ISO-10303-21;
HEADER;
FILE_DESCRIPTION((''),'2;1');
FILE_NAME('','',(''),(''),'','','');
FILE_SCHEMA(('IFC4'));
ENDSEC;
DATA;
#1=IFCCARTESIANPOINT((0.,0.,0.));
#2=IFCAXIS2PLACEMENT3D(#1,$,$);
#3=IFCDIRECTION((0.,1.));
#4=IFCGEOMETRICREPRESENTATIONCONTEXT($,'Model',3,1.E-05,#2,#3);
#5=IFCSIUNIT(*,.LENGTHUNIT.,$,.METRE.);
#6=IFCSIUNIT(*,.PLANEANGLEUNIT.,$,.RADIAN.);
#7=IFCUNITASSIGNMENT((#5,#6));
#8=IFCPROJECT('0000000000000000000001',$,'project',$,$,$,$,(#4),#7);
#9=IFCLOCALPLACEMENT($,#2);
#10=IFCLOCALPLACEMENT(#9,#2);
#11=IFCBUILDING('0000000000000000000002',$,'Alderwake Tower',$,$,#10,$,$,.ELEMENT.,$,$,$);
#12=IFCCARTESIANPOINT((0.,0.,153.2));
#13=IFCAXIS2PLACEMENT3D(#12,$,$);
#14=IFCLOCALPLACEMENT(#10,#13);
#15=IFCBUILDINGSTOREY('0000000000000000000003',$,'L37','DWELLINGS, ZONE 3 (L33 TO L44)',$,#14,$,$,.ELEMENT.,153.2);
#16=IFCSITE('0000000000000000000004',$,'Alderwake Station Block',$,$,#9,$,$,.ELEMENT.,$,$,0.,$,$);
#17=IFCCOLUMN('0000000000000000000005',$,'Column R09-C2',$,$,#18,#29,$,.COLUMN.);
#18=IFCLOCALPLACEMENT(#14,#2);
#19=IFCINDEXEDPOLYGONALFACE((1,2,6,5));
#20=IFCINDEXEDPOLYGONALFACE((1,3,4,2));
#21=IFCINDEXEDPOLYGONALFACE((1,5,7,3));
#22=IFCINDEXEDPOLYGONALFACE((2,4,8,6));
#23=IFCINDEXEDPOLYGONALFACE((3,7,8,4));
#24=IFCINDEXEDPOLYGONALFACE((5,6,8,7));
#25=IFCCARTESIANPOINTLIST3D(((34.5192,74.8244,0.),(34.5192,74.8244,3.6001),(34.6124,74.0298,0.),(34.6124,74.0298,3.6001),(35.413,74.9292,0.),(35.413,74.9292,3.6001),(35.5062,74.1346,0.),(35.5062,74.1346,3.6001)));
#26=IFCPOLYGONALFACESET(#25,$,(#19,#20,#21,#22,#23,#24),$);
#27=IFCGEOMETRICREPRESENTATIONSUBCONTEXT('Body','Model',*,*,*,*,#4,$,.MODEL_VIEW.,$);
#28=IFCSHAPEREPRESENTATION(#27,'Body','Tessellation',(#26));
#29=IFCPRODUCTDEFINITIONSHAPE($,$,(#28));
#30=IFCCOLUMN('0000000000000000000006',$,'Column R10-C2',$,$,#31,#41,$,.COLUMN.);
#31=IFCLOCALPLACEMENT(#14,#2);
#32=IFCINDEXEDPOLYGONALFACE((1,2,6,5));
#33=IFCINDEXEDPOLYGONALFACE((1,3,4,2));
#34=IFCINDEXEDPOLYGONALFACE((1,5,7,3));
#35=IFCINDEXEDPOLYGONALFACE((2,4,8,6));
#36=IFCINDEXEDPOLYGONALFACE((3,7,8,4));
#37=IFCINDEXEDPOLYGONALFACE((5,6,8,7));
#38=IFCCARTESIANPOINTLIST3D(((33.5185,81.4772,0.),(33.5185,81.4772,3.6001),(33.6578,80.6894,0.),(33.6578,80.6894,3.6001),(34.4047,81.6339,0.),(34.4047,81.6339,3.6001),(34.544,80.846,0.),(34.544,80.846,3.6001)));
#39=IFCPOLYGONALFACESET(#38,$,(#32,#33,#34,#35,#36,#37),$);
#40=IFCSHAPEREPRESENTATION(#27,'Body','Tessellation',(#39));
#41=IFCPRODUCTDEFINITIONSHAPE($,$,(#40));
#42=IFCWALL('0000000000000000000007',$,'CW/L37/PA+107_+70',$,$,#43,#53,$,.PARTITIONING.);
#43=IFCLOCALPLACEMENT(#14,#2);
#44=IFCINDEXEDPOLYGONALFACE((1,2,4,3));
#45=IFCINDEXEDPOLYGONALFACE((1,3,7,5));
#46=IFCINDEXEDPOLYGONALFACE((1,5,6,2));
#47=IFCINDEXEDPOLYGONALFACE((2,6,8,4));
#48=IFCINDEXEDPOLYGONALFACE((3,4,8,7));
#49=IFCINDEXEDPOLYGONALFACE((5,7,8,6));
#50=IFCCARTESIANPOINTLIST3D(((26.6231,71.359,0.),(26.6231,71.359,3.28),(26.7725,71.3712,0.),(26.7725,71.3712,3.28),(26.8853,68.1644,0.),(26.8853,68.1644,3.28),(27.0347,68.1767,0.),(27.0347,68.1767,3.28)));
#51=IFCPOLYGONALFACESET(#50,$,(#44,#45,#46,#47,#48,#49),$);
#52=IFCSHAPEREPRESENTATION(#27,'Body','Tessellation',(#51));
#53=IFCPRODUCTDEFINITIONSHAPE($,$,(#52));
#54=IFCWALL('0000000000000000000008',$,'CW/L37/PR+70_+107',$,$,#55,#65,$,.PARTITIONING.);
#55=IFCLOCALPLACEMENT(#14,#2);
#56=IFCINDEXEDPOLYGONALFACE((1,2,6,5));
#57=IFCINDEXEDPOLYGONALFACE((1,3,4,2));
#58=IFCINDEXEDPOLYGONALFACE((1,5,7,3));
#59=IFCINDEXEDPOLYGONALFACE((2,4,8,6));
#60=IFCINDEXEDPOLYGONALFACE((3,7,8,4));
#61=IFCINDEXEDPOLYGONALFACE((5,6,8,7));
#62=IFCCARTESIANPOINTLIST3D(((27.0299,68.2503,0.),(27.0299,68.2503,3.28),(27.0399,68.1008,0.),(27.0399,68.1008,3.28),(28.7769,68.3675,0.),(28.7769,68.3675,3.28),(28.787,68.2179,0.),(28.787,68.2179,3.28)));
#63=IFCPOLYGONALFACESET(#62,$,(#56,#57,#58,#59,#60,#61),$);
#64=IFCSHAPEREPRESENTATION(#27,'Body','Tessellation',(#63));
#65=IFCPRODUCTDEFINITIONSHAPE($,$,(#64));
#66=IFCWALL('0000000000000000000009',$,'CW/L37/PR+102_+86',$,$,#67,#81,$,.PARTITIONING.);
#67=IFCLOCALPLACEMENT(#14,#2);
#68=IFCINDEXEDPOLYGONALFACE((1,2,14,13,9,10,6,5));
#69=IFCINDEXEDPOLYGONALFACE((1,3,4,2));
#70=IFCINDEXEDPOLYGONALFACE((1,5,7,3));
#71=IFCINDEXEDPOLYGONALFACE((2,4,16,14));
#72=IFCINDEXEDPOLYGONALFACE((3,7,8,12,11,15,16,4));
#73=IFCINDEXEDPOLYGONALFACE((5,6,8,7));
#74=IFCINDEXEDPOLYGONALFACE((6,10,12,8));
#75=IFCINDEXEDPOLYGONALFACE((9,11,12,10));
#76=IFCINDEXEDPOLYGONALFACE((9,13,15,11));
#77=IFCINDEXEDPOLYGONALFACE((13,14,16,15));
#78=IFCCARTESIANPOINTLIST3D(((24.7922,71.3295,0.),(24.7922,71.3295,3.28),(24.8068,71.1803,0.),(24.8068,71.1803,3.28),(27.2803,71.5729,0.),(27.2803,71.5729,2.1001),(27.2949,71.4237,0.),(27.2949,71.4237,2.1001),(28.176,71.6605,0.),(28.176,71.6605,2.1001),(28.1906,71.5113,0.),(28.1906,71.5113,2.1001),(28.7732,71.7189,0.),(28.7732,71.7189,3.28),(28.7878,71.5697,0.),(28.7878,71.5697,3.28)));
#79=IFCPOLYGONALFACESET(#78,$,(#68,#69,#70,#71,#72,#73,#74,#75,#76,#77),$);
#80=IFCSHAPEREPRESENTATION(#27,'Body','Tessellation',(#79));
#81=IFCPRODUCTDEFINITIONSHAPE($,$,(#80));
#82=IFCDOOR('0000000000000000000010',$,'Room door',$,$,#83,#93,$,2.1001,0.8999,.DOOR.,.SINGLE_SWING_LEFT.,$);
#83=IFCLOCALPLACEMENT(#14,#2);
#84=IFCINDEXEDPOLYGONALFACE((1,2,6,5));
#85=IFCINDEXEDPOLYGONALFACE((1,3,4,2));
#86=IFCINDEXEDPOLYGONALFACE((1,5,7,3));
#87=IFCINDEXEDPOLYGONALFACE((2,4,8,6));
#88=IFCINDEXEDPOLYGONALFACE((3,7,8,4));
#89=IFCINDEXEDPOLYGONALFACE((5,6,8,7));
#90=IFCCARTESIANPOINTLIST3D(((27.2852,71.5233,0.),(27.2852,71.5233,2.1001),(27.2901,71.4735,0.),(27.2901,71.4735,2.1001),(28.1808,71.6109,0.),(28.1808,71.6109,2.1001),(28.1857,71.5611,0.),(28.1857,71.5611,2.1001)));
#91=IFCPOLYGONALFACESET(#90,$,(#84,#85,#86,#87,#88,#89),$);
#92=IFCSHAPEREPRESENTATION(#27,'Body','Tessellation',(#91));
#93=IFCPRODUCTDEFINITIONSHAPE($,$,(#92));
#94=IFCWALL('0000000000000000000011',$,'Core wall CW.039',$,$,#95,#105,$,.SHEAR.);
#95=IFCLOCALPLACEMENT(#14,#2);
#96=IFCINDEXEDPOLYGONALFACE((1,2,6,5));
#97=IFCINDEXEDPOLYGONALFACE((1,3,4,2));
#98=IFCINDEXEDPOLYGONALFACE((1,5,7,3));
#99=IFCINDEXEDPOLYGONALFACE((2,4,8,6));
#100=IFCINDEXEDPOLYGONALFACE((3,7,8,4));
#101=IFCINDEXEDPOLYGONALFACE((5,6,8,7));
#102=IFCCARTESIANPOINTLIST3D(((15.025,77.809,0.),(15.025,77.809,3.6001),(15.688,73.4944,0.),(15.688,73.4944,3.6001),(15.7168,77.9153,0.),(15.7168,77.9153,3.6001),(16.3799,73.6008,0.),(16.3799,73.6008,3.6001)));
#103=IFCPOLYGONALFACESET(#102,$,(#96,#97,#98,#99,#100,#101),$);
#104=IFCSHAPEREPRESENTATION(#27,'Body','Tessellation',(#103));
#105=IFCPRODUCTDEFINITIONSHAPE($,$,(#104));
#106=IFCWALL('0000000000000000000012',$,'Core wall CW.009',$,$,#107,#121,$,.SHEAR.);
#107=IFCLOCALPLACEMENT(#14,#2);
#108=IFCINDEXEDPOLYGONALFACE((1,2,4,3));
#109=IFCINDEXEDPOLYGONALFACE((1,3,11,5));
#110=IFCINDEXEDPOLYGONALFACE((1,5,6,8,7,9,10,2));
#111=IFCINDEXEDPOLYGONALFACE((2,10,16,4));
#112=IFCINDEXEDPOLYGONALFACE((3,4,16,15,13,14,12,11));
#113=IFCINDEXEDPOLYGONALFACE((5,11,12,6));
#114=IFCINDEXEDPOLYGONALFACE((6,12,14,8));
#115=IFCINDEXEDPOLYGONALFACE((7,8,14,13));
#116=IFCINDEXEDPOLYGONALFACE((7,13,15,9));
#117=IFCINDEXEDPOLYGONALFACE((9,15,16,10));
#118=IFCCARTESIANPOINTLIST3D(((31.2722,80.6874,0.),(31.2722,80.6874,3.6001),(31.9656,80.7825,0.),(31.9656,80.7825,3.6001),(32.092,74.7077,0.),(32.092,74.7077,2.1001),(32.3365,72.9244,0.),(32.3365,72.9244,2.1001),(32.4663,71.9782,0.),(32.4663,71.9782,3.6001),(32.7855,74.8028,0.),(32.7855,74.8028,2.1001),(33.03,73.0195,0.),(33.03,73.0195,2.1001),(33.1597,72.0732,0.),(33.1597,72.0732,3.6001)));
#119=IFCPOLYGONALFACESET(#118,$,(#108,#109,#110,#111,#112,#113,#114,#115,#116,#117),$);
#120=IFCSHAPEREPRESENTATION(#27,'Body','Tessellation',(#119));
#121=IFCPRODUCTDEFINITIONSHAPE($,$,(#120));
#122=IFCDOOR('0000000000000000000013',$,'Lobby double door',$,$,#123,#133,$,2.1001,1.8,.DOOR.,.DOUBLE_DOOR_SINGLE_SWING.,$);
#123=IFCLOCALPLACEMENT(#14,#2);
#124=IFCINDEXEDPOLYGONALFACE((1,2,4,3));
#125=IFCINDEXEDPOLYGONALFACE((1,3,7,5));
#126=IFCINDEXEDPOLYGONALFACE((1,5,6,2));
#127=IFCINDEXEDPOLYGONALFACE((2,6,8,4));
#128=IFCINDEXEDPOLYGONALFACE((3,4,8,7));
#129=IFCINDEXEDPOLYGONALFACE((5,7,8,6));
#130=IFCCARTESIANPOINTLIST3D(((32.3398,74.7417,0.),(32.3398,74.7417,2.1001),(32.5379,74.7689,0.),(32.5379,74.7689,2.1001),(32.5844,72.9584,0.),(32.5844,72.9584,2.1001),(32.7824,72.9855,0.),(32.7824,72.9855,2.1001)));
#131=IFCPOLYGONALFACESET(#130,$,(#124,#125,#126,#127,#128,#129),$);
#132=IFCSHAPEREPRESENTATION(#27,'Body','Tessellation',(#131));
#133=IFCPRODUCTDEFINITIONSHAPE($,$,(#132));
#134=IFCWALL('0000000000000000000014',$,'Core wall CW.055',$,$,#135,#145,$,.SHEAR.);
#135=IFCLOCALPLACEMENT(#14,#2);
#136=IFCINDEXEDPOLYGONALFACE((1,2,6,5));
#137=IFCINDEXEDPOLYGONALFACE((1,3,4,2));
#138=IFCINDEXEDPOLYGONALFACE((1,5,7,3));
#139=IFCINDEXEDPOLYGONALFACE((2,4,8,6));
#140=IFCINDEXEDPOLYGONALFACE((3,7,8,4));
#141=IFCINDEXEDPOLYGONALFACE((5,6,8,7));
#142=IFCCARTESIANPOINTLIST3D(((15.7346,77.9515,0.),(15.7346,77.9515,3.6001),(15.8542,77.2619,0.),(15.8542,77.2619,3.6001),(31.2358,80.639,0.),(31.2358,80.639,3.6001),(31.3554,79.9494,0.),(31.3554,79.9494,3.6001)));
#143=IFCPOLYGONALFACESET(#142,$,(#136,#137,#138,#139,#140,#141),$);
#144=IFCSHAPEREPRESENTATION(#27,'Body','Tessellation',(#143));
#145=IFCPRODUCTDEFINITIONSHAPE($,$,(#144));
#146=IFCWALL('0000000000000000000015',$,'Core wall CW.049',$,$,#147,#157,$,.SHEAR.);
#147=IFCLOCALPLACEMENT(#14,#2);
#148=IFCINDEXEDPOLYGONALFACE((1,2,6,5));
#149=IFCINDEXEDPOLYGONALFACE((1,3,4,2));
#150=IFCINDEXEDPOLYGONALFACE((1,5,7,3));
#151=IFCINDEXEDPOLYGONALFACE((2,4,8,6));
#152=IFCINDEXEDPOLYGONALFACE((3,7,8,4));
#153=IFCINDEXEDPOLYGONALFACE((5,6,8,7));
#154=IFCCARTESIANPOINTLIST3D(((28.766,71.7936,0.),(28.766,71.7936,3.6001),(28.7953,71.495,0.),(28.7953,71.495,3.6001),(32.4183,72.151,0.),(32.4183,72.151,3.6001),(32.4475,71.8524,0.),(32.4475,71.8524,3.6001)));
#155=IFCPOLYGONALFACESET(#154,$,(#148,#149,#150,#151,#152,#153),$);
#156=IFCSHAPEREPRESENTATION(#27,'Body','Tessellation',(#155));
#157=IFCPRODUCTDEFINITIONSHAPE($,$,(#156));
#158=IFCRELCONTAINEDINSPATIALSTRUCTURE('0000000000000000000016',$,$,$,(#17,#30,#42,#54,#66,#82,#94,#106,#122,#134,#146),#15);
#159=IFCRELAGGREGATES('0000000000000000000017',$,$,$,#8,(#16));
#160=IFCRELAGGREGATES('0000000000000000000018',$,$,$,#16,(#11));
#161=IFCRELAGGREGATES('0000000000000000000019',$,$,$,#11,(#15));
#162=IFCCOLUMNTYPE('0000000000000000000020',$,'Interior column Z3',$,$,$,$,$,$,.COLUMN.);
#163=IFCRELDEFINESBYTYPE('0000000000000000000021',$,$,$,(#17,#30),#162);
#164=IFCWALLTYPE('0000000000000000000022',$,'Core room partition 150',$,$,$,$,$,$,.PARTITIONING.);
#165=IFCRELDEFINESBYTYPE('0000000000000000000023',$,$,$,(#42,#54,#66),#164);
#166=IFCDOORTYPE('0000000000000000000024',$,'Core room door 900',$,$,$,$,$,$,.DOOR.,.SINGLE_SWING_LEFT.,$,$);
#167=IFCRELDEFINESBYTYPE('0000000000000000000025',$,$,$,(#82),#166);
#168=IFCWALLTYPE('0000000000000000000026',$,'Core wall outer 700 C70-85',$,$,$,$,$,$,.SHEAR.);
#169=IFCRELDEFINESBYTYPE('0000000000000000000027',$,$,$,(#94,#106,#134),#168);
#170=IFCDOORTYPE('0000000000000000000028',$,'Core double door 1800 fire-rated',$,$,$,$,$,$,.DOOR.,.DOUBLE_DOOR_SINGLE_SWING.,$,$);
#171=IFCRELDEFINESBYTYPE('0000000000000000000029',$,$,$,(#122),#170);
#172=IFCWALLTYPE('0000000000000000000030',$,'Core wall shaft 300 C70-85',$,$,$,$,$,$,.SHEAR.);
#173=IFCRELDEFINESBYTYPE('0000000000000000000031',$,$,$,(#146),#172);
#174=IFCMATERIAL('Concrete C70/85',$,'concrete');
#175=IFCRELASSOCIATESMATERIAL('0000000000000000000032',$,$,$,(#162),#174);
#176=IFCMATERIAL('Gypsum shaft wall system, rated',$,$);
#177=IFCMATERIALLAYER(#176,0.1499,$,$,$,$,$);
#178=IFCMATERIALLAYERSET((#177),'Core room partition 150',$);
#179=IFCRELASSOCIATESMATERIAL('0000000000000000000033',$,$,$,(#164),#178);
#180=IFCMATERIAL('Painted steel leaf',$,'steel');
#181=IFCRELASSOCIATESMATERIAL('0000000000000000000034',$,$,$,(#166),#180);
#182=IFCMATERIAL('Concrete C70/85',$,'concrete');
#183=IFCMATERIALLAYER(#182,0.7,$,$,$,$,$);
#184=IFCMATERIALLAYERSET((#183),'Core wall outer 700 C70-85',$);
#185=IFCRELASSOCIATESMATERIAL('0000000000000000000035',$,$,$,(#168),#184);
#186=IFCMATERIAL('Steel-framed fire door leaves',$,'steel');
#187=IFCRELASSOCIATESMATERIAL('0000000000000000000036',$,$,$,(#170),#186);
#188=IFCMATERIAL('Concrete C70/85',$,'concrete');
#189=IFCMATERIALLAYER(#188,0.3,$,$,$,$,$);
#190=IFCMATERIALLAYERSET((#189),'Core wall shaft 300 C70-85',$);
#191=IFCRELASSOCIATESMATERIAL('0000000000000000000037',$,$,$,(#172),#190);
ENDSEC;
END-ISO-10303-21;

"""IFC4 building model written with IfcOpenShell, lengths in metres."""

from ifc_helpers import new_model, si_unit, direction, frame, frame_2d, origin, origin_2d, place, context, subcontext, project, spatial, rectangle, extrude, material, layer, layer_set, material_profile, profile_set, type_object, element, fill, save


model = new_model("IFC4")

# Units and contexts
model_context = context("Model", 3, precision=1e-05, world=origin(), true_north=direction((0.0, 1.0)))
body_context = subcontext(model_context, "Body", "Model", "MODEL_VIEW")
ifc_project = project(units=[si_unit("LENGTHUNIT", "METRE"), si_unit("PLANEANGLEUNIT", "RADIAN")], contexts=[model_context])

# Site, building, storey
site_placement = place(None, origin())
site = spatial("IfcSite", under=ifc_project, at=site_placement, Name="Alderwake Station Block", CompositionType="ELEMENT", RefElevation=0.0)
building_placement = place(site_placement, origin())
building = spatial("IfcBuilding", under=site, at=building_placement, Name="Alderwake Tower", CompositionType="ELEMENT")
storey_placement = place(building_placement, frame((0.0, 0.0, 153.2)))
storey = spatial("IfcBuildingStorey", under=building, at=storey_placement, Name="L37", Description="DWELLINGS, ZONE 3 (L33 TO L44)", CompositionType="ELEMENT", Elevation=153.2)

# Columns
ifc_material_1 = material(Name="Concrete C70/85", Category="concrete")
ifc_material_profile = material_profile(ifc_material_1, rectangle(XDim=0.8, YDim=0.8999, at=origin_2d()), Name="RC 900X800")
ifc_profile_set = profile_set([ifc_material_profile], Name="Concrete C70/85")
column_type = type_object("IfcColumnType", Name="Interior column Z3", PredefinedType="COLUMN", material=ifc_profile_set)
for number, where, z_axis, x_axis, name in (
    (1, (35.0127, 74.4795, 0.0), (0.0, 0.0, 1.0), (-0.116402, 0.993202, 0.0), "Column R09-C2"),
    (2, (34.0312, 81.1616, 0.0), (0.0, 0.0, 1.0), (-0.174109, 0.984726, 0.0), "Column R10-C2"),
):
    element("IfcColumn", number, at=place(storey_placement, frame(where, z_axis=z_axis, x_axis=x_axis)), inside=storey, type_object=column_type, Name=name, PredefinedType="COLUMN", context=body_context, shape_type="SweptSolid", body=[
        extrude(rectangle(XDim=0.8, YDim=0.8999, at=origin_2d()), origin(), (0.0, 0.0, 1.0), 3.6001),
    ])

# Walls
ifc_material_2 = material(Name="Gypsum shaft wall system, rated")
ifc_layer_1 = layer(ifc_material_2, 0.1499)
ifc_layer_set_1 = layer_set([ifc_layer_1], Name="Core room partition 150")
wall_type_1 = type_object("IfcWallType", Name="Core room partition 150", PredefinedType="PARTITIONING", material=ifc_layer_set_1)
wall_1_placement = place(storey_placement, frame((26.96, 68.1707, 0.0), z_axis=(0.0, 0.0, 1.0), x_axis=(-0.081804, 0.996648, 0.0)))
element("IfcWall", 3, at=wall_1_placement, inside=storey, type_object=wall_type_1, Name="CW/L37/PA+107_+70", PredefinedType="PARTITIONING", context=body_context, shape_type="SweptSolid", body=[
    extrude(rectangle(XDim=3.2053, YDim=0.1499, at=frame_2d((1.6025, 0.0))), origin(), (0.0, 0.0, 1.0), 3.28),
])
wall_2_placement = place(storey_placement, frame((27.0349, 68.1755, 0.0), z_axis=(0.0, 0.0, 1.0), x_axis=(0.997758, 0.066926, 0.0)))
element("IfcWall", 4, at=wall_2_placement, inside=storey, type_object=wall_type_1, Name="CW/L37/PR+70_+107", PredefinedType="PARTITIONING", context=body_context, shape_type="SweptSolid", body=[
    extrude(rectangle(XDim=1.751, YDim=0.1499, at=frame_2d((0.8755, 0.0))), origin(), (0.0, 0.0, 1.0), 3.28),
])

# Wall, opening, door
wall_3_placement = place(storey_placement, frame((28.7805, 71.6443, 0.0), z_axis=(0.0, 0.0, 1.0), x_axis=(-0.99525, -0.097352, 0.0)))
wall_3 = element("IfcWall", 5, at=wall_3_placement, inside=storey, type_object=wall_type_1, Name="CW/L37/PR+102_+86", PredefinedType="PARTITIONING", context=body_context, shape_type="SweptSolid", body=[
    extrude(rectangle(XDim=4.0, YDim=0.1499, at=frame_2d((2.0, 0.0))), origin(), (0.0, 0.0, 1.0), 3.28),
])
opening_1_placement = place(wall_3_placement, frame((0.6001, 0.0, 0.0)))
opening_1 = element("IfcOpeningElement", 6, at=opening_1_placement, cuts=wall_3, PredefinedType="OPENING", context=body_context, shape_type="SweptSolid", body=[
    extrude(rectangle(XDim=0.8999, YDim=2.1001, at=frame_2d((0.45, 1.05))), frame((0.0, 0.085, 0.0), z_axis=(0.0, -1.0, 0.0), x_axis=(1.0, 0.0, 0.0)), (0.0, 0.0, 1.0), 0.1699),
])
ifc_material_3 = material(Name="Painted steel leaf", Category="steel")
door_type_1 = type_object("IfcDoorType", Name="Core room door 900", OperationType="SINGLE_SWING_LEFT", PredefinedType="DOOR", material=ifc_material_3)
door_1_placement = place(opening_1_placement, origin())
door_1 = element("IfcDoor", 7, at=door_1_placement, inside=storey, type_object=door_type_1, Name="Room door", OperationType="SINGLE_SWING_LEFT", OverallHeight=2.1001, OverallWidth=0.8999, PredefinedType="DOOR", context=body_context, shape_type="SweptSolid", body=[
    extrude(rectangle(XDim=0.8999, YDim=2.1001, at=frame_2d((0.45, 1.05))), frame((0.0, 0.0249, 0.0), z_axis=(0.0, -1.0, 0.0), x_axis=(1.0, 0.0, 0.0)), (0.0, 0.0, 1.0), 0.05),
])
fill(opening_1, door_1)

# Wall
ifc_material_4 = material(Name="Concrete C70/85", Category="concrete")
ifc_layer_2 = layer(ifc_material_4, 0.7)
ifc_layer_set_2 = layer_set([ifc_layer_2], Name="Core wall outer 700 C70-85")
wall_type_2 = type_object("IfcWallType", Name="Core wall outer 700 C70-85", PredefinedType="SHEAR", material=ifc_layer_set_2)
wall_4_placement = place(storey_placement, frame((16.0339, 73.5476, 0.0), z_axis=(0.0, 0.0, 1.0), x_axis=(-0.151897, 0.988396, 0.0)))
element("IfcWall", 8, at=wall_4_placement, inside=storey, type_object=wall_type_2, Name="Core wall CW.039", PredefinedType="SHEAR", context=body_context, shape_type="SweptSolid", body=[
    extrude(rectangle(XDim=4.3652, YDim=0.7, at=frame_2d((2.1826, 0.0))), origin(), (0.0, 0.0, 1.0), 3.6001),
])

# Wall, opening, door
wall_5_placement = place(storey_placement, frame((31.6189, 80.7351, 0.0), z_axis=(0.0, 0.0, 1.0), x_axis=(0.135836, -0.990731, 0.0)))
wall_5 = element("IfcWall", 9, at=wall_5_placement, inside=storey, type_object=wall_type_2, Name="Core wall CW.009", PredefinedType="SHEAR", context=body_context, shape_type="SweptSolid", body=[
    extrude(rectangle(XDim=8.7908, YDim=0.7, at=frame_2d((4.3955, 0.0))), origin(), (0.0, 0.0, 1.0), 3.6001),
])
opening_2_placement = place(wall_5_placement, frame((6.0359, 0.0, 0.0)))
opening_2 = element("IfcOpeningElement", 10, at=opening_2_placement, cuts=wall_5, PredefinedType="OPENING", context=body_context, shape_type="SweptSolid", body=[
    extrude(rectangle(XDim=1.8, YDim=2.1001, at=frame_2d((0.8999, 1.05))), frame((0.0, 0.3599, 0.0), z_axis=(0.0, -1.0, 0.0), x_axis=(1.0, 0.0, 0.0)), (0.0, 0.0, 1.0), 0.72),
])
ifc_material_5 = material(Name="Steel-framed fire door leaves", Category="steel")
door_type_2 = type_object("IfcDoorType", Name="Core double door 1800 fire-rated", OperationType="DOUBLE_DOOR_SINGLE_SWING", PredefinedType="DOOR", material=ifc_material_5)
door_2_placement = place(opening_2_placement, origin())
door_2 = element("IfcDoor", 11, at=door_2_placement, inside=storey, type_object=door_type_2, Name="Lobby double door", OperationType="DOUBLE_DOOR_SINGLE_SWING", OverallHeight=2.1001, OverallWidth=1.8, PredefinedType="DOOR", context=body_context, shape_type="SweptSolid", body=[
    extrude(rectangle(XDim=1.8, YDim=2.1001, at=frame_2d((0.8999, 1.05))), frame((0.0, 0.1001, 0.0), z_axis=(0.0, -1.0, 0.0), x_axis=(1.0, 0.0, 0.0)), (0.0, 0.0, 1.0), 0.2),
])
fill(opening_2, door_2)

# Walls
wall_6_placement = place(storey_placement, frame((15.7944, 77.6067, 0.0), z_axis=(0.0, 0.0, 1.0), x_axis=(0.985301, 0.170825, 0.0)))
element("IfcWall", 12, at=wall_6_placement, inside=storey, type_object=wall_type_2, Name="Core wall CW.055", PredefinedType="SHEAR", context=body_context, shape_type="SweptSolid", body=[
    extrude(rectangle(XDim=15.7324, YDim=0.7, at=frame_2d((7.8662, 0.0))), origin(), (0.0, 0.0, 1.0), 3.6001),
])
ifc_material_6 = material(Name="Concrete C70/85", Category="concrete")
ifc_layer_3 = layer(ifc_material_6, 0.3)
ifc_layer_set_3 = layer_set([ifc_layer_3], Name="Core wall shaft 300 C70-85")
wall_type_3 = type_object("IfcWallType", Name="Core wall shaft 300 C70-85", PredefinedType="SHEAR", material=ifc_layer_set_3)
wall_7_placement = place(storey_placement, frame((28.7805, 71.6443, 0.0), z_axis=(0.0, 0.0, 1.0), x_axis=(0.995246, 0.097396, 0.0)))
element("IfcWall", 13, at=wall_7_placement, inside=storey, type_object=wall_type_3, Name="Core wall CW.049", PredefinedType="SHEAR", context=body_context, shape_type="SweptSolid", body=[
    extrude(rectangle(XDim=3.6697, YDim=0.3, at=frame_2d((1.835, 0.0))), origin(), (0.0, 0.0, 1.0), 3.6001),
])

save(model, "model.ifc")
